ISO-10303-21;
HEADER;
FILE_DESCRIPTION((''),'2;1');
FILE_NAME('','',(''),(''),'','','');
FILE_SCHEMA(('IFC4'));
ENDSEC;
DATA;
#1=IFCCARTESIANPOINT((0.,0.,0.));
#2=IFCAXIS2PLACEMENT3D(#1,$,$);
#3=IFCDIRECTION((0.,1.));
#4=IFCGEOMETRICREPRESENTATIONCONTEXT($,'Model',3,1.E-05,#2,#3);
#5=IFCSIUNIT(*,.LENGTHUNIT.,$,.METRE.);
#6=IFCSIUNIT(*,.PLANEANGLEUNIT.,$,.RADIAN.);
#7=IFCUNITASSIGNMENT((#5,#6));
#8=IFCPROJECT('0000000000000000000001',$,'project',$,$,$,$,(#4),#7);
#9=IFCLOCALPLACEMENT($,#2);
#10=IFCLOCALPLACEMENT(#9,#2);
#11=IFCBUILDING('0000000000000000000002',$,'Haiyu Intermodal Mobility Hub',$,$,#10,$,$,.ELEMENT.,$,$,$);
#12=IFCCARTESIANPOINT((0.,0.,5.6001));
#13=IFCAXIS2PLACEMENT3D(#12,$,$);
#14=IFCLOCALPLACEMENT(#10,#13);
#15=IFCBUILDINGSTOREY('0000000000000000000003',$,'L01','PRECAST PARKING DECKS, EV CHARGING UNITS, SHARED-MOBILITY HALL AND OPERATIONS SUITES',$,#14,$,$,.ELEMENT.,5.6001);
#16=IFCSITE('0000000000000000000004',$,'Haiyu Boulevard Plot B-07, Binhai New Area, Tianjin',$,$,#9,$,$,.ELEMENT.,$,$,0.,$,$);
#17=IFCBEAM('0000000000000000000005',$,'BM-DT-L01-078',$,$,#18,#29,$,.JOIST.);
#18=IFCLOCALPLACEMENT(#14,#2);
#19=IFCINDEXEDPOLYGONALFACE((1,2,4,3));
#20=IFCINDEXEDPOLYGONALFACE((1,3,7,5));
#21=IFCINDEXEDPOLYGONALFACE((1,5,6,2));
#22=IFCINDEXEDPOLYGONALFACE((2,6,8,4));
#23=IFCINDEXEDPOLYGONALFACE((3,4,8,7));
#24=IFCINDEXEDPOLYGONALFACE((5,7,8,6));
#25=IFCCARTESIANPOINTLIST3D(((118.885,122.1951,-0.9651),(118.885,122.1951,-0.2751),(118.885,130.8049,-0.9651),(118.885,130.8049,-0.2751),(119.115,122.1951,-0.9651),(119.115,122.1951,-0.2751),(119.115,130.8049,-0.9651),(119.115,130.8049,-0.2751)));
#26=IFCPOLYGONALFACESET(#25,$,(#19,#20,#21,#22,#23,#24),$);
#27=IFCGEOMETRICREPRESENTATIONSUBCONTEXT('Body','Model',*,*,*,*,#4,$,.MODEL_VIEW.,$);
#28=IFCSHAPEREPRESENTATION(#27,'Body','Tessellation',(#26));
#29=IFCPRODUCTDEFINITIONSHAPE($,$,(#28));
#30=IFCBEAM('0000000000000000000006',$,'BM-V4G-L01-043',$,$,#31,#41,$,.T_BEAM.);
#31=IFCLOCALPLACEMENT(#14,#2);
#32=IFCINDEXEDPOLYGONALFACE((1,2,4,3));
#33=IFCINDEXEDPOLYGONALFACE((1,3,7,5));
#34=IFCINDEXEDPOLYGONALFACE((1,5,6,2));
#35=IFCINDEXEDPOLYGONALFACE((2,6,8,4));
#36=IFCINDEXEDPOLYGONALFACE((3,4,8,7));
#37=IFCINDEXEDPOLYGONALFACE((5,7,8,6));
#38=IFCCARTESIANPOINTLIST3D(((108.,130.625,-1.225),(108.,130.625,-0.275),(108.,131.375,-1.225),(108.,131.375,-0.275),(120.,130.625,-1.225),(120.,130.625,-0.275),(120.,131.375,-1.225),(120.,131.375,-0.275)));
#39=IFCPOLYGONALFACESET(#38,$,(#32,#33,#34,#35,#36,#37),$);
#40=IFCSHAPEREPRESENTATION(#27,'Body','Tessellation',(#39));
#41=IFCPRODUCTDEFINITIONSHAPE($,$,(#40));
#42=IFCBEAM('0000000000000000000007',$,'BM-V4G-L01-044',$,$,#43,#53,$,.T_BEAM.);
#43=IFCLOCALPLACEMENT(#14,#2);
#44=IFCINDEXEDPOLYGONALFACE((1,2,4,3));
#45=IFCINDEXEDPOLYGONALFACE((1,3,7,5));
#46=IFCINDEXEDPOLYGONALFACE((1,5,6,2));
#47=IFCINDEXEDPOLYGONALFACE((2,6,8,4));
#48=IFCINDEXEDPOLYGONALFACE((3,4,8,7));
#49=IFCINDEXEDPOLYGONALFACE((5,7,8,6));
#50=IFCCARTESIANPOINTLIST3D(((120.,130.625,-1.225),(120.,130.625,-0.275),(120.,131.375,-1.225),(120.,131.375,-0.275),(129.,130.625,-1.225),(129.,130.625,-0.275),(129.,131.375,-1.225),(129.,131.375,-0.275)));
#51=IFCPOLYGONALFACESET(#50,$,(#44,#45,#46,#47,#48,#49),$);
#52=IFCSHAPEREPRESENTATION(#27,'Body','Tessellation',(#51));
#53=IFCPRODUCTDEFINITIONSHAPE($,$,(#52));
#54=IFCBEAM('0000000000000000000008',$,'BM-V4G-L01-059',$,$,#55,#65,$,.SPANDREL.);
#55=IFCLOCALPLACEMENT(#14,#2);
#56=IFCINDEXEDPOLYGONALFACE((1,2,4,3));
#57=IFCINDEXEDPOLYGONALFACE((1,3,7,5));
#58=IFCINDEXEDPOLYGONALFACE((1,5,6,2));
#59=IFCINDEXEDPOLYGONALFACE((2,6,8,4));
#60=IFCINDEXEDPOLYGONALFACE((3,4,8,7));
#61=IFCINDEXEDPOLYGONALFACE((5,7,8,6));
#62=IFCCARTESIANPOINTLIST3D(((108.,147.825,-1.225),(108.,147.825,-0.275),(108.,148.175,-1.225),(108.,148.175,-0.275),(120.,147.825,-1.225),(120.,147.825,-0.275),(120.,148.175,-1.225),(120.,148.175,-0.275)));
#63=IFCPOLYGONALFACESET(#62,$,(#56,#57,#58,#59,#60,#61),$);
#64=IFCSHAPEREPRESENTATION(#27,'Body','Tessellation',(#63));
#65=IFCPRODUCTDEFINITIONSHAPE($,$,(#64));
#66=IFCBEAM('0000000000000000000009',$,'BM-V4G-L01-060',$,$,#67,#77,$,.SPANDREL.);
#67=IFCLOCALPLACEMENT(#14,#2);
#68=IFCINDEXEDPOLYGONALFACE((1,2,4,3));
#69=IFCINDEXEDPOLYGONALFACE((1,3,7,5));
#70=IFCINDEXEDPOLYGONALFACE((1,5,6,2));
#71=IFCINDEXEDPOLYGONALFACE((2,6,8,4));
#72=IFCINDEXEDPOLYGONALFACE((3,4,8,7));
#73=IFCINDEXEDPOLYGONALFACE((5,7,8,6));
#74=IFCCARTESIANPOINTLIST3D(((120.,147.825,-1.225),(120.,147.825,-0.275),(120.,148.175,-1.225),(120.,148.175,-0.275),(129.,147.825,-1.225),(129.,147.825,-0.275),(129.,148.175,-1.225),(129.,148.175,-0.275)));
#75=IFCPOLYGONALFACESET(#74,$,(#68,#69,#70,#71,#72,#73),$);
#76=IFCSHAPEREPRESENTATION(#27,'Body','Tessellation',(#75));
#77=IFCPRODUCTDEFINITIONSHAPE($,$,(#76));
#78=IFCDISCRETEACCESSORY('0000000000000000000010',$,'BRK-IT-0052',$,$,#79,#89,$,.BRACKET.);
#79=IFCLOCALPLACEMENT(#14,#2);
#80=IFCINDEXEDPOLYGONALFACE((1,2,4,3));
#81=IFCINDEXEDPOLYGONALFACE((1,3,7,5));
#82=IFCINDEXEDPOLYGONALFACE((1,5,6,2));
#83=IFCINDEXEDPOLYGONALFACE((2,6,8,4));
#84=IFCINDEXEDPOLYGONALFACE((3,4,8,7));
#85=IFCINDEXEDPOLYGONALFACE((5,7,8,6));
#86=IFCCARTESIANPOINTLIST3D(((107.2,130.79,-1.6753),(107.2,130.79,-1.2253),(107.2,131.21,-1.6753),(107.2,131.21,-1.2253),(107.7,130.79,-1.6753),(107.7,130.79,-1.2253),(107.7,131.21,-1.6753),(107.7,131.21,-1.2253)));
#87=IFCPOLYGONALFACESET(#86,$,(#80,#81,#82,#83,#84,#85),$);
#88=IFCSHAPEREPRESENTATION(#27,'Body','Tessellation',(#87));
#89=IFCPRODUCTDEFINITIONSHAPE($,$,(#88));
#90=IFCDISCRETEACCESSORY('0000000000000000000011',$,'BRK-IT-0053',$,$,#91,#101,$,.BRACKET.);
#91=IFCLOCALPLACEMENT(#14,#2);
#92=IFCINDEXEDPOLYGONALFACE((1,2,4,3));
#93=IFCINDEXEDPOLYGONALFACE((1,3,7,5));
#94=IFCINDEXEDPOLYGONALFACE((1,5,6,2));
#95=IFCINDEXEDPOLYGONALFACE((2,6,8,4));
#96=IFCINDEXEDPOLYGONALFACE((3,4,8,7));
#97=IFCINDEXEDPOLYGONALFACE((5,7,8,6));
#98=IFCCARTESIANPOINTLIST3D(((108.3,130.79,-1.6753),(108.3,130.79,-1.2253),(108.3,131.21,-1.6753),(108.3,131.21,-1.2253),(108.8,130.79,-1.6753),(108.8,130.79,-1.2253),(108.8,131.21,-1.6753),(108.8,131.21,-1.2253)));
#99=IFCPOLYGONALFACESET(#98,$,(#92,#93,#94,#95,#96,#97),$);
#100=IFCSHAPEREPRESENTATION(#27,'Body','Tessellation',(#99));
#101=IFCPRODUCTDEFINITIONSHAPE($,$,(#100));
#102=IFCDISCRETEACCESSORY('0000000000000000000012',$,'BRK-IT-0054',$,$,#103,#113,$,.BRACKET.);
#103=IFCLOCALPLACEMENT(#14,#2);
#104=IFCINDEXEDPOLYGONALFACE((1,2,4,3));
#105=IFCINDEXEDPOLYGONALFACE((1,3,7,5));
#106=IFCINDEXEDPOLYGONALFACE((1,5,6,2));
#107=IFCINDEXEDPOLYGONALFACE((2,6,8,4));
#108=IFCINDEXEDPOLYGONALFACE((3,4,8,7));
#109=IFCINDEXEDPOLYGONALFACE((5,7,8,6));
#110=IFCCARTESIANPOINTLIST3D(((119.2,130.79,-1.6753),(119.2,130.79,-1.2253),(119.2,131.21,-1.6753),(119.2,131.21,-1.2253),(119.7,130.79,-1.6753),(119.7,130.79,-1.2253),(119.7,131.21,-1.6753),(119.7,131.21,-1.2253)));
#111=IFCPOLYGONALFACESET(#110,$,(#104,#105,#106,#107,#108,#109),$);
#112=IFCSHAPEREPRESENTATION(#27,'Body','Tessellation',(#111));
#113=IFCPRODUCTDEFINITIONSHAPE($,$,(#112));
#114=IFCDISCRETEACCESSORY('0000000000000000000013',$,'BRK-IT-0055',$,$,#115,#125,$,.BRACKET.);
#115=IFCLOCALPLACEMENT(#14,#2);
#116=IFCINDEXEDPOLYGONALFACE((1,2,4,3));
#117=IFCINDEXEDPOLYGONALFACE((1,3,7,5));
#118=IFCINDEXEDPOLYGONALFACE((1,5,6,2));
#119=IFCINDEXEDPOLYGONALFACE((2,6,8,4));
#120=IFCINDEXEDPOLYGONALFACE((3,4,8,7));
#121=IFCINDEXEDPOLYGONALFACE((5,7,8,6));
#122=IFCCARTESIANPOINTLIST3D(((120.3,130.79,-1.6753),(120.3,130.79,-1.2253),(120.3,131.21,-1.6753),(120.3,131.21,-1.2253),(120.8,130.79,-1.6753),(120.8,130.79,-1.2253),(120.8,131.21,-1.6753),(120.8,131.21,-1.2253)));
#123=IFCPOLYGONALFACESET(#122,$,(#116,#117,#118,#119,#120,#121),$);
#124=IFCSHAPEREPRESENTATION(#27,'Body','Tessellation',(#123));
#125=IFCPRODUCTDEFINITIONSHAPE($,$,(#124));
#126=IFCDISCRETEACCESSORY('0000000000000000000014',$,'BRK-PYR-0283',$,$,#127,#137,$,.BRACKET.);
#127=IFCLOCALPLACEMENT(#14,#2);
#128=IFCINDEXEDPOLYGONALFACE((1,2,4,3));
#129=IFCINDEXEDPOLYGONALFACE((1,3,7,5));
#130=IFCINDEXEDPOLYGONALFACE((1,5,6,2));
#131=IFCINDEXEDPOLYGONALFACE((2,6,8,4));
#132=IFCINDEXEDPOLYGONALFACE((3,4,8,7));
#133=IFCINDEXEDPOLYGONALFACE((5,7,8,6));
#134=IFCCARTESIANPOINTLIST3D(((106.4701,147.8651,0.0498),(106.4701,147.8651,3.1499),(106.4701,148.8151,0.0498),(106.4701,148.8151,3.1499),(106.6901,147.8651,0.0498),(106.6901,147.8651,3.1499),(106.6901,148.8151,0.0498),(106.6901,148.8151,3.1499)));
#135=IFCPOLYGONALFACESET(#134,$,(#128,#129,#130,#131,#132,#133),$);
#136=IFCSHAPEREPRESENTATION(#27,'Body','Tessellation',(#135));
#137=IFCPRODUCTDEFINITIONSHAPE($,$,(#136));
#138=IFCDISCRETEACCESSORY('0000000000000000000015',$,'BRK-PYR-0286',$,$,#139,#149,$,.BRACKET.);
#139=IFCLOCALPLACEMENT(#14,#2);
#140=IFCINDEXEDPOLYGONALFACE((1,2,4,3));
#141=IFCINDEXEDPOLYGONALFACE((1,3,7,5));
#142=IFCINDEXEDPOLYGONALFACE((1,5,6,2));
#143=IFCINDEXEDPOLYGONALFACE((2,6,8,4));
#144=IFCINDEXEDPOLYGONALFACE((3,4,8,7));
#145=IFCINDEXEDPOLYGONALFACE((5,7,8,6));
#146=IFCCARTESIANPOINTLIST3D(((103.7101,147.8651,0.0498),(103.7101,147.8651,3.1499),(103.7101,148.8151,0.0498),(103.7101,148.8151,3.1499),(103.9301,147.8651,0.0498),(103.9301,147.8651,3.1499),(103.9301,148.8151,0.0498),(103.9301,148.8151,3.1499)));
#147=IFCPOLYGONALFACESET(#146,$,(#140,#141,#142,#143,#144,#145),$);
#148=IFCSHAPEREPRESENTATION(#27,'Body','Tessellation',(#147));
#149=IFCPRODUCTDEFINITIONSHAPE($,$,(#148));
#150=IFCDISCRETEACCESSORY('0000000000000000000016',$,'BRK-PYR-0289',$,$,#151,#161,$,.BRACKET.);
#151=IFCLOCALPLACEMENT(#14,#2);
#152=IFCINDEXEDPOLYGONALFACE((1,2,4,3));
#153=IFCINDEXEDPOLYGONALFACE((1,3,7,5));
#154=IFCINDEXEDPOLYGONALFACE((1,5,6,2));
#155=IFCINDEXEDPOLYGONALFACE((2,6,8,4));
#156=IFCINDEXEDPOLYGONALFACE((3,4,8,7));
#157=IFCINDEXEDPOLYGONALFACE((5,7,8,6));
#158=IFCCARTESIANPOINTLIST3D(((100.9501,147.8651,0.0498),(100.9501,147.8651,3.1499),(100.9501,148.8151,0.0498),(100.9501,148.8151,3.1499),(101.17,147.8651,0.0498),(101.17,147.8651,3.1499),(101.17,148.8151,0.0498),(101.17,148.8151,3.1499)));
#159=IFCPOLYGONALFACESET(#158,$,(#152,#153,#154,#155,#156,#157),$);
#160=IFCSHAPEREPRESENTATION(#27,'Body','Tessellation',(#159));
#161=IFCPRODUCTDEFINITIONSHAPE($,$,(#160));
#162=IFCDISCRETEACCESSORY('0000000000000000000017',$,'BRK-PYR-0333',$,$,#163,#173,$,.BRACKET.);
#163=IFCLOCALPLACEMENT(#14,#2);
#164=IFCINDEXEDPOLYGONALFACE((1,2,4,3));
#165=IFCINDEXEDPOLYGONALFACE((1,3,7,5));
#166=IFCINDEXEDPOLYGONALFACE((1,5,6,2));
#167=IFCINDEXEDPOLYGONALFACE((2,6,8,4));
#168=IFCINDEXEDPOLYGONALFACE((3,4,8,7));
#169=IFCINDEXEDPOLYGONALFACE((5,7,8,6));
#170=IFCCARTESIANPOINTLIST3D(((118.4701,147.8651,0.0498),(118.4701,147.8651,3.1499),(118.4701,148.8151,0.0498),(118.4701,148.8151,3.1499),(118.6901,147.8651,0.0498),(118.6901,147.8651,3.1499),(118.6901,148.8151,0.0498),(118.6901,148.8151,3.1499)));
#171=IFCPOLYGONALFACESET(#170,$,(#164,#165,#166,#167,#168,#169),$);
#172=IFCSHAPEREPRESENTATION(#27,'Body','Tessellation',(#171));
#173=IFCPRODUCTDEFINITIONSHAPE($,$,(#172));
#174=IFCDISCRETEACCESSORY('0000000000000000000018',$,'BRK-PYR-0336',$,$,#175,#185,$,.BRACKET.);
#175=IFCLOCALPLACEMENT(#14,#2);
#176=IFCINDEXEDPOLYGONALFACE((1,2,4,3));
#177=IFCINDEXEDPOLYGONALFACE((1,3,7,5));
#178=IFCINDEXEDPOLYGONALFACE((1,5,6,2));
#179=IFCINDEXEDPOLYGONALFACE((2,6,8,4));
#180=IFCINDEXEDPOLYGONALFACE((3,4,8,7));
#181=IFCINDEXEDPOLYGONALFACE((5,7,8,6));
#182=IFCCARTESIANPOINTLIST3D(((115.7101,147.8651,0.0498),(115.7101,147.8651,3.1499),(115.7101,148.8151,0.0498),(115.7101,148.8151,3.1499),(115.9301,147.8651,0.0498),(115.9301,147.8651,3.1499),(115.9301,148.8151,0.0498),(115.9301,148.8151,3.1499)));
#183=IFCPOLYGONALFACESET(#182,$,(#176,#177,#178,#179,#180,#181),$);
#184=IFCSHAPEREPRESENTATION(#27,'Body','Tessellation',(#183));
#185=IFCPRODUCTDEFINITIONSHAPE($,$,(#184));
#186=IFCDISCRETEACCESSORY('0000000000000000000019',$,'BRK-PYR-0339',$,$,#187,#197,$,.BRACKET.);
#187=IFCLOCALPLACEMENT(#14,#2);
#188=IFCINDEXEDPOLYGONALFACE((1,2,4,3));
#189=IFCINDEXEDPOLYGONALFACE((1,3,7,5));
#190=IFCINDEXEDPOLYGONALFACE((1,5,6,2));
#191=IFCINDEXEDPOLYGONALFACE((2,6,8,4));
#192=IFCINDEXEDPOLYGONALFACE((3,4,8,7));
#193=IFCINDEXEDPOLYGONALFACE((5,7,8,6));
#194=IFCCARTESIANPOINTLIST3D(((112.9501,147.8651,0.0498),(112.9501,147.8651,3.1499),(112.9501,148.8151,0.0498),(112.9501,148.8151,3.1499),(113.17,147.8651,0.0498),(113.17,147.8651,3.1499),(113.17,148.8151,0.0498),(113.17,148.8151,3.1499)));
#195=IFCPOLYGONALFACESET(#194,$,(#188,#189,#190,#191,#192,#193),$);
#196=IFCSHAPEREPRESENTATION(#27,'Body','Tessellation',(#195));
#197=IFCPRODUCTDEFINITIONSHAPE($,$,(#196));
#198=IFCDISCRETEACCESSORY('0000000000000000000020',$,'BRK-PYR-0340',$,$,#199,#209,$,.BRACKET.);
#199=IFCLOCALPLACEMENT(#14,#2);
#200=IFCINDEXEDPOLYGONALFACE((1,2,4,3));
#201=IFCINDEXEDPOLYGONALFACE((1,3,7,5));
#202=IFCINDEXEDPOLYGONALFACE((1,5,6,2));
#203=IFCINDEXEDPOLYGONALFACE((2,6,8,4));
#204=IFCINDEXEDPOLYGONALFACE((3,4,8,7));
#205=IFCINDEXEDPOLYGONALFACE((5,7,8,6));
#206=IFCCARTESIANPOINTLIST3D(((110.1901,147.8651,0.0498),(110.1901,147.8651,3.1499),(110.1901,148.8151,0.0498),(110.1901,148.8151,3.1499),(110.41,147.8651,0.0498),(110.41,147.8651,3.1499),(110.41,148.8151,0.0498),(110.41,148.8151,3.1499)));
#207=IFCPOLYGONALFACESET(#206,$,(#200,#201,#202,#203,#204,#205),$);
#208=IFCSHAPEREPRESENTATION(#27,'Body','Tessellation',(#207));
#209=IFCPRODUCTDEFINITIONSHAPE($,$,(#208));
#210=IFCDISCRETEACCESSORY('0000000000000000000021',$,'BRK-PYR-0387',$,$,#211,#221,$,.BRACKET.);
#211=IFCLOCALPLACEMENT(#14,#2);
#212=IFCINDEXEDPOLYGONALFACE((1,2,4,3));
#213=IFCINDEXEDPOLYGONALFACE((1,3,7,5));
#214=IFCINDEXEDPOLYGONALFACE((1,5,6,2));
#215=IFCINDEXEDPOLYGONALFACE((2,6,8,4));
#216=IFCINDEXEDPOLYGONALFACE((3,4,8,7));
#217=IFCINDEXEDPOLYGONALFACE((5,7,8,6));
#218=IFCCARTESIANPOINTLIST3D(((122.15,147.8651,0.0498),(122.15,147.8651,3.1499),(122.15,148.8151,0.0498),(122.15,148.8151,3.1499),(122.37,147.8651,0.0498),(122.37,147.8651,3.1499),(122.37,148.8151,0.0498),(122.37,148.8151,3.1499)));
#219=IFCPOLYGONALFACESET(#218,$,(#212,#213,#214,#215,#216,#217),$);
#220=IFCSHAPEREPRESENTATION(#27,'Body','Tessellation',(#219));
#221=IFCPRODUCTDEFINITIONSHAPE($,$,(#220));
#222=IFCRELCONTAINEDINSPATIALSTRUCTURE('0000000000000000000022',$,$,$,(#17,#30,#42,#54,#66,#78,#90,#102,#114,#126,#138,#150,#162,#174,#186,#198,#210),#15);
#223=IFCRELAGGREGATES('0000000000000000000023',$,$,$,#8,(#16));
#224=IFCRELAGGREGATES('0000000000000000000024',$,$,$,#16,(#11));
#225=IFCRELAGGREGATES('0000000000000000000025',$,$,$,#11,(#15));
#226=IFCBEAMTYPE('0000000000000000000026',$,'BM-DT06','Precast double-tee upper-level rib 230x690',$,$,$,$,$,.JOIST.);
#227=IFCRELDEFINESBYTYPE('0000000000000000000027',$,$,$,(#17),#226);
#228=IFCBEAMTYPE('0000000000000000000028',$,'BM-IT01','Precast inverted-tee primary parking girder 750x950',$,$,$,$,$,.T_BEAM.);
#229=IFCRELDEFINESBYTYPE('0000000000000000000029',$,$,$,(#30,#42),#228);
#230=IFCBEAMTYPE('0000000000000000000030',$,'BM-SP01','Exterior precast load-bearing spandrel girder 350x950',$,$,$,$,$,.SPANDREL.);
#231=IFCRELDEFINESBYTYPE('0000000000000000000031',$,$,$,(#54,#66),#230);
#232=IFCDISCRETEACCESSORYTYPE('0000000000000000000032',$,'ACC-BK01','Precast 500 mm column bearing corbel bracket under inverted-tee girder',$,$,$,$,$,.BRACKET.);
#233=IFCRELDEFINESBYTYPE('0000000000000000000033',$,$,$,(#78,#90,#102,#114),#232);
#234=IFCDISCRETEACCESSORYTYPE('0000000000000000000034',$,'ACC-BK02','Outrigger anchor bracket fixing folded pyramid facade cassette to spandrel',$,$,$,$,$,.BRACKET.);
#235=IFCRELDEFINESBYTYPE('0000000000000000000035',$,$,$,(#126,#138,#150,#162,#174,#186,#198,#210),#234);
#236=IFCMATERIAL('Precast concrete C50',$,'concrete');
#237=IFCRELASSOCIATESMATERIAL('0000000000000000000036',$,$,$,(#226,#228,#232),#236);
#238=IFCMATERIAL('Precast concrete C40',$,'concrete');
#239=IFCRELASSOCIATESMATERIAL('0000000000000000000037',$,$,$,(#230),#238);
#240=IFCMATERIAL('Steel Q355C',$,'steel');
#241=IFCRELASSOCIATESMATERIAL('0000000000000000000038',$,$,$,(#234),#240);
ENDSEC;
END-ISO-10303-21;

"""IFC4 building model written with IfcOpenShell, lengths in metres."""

from ifc_helpers import new_model, si_unit, direction, frame, origin, origin_2d, place, context, subcontext, project, spatial, rectangle, extrude, material, material_profile, profile_set, type_object, element, save


model = new_model("IFC4")

# Units and contexts
model_context = context("Model", 3, precision=1e-05, world=origin(), true_north=direction((0.0, 1.0)))
body_context = subcontext(model_context, "Body", "Model", "MODEL_VIEW")
ifc_project = project(units=[si_unit("LENGTHUNIT", "METRE"), si_unit("PLANEANGLEUNIT", "RADIAN")], contexts=[model_context])

# Site, building, storey
site_placement = place(None, origin())
site = spatial("IfcSite", under=ifc_project, at=site_placement, Name="Haiyu Boulevard Plot B-07, Binhai New Area, Tianjin", CompositionType="ELEMENT", RefElevation=0.0)
building_placement = place(site_placement, origin())
building = spatial("IfcBuilding", under=site, at=building_placement, Name="Haiyu Intermodal Mobility Hub", CompositionType="ELEMENT")
storey_placement = place(building_placement, frame((0.0, 0.0, 5.6001)))
storey = spatial("IfcBuildingStorey", under=building, at=storey_placement, Name="L01", Description="PRECAST PARKING DECKS, EV CHARGING UNITS, SHARED-MOBILITY HALL AND OPERATIONS SUITES", CompositionType="ELEMENT", Elevation=5.6001)

# Shared definitions
ifc_material_1 = material(Name="Precast concrete C40", Category="concrete")

# Beams
ifc_material_2 = material(Name="Precast concrete C50", Category="concrete")
ifc_material_profile_1 = material_profile(ifc_material_2, rectangle(XDim=0.23, YDim=0.6899, at=origin_2d()), Name="B230x690")
ifc_profile_set_1 = profile_set([ifc_material_profile_1], Name="Precast concrete C50")
beam_type_1 = type_object("IfcBeamType", Name="BM-DT06", Description="Precast double-tee upper-level rib 230x690", PredefinedType="JOIST", material=ifc_profile_set_1)
for number, where, z_axis, x_axis, name in (
    (1, (119.0, 122.1951, -0.6201), (0.0, 1.0, 0.0), (-1.0, 0.0, 0.0), "BM-DT-L01-078"),
):
    element("IfcBeam", number, at=place(storey_placement, frame(where, z_axis=z_axis, x_axis=x_axis)), inside=storey, type_object=beam_type_1, Name=name, PredefinedType="JOIST", context=body_context, shape_type="SweptSolid", body=[
        extrude(rectangle(XDim=0.23, YDim=0.6899, at=origin_2d()), origin(), (0.0, 0.0, 1.0), 8.6099),
    ])
ifc_material_profile_2 = material_profile(ifc_material_2, rectangle(XDim=0.75, YDim=0.95, at=origin_2d()), Name="PC750x950")
ifc_profile_set_2 = profile_set([ifc_material_profile_2], Name="Precast concrete C50")
beam_type_2 = type_object("IfcBeamType", Name="BM-IT01", Description="Precast inverted-tee primary parking girder 750x950", PredefinedType="T_BEAM", material=ifc_profile_set_2)
beam_1_placement = place(storey_placement, frame((108.0, 131.0, -0.75), z_axis=(1.0, 0.0, 0.0), x_axis=(0.0, 1.0, 0.0)))
element("IfcBeam", 2, at=beam_1_placement, inside=storey, type_object=beam_type_2, Name="BM-V4G-L01-043", PredefinedType="T_BEAM", context=body_context, shape_type="SweptSolid", body=[
    extrude(rectangle(XDim=0.75, YDim=0.95, at=origin_2d()), origin(), (0.0, 0.0, 1.0), 12.0),
])
beam_2_placement = place(storey_placement, frame((120.0, 131.0, -0.75), z_axis=(1.0, 0.0, 0.0), x_axis=(0.0, 1.0, 0.0)))
element("IfcBeam", 3, at=beam_2_placement, inside=storey, type_object=beam_type_2, Name="BM-V4G-L01-044", PredefinedType="T_BEAM", context=body_context, shape_type="SweptSolid", body=[
    extrude(rectangle(XDim=0.75, YDim=0.95, at=origin_2d()), origin(), (0.0, 0.0, 1.0), 9.0),
])
ifc_material_profile_3 = material_profile(ifc_material_1, rectangle(XDim=0.3501, YDim=0.95, at=origin_2d()), Name="PC350x950")
ifc_profile_set_3 = profile_set([ifc_material_profile_3], Name="Precast concrete C40")
beam_type_3 = type_object("IfcBeamType", Name="BM-SP01", Description="Exterior precast load-bearing spandrel girder 350x950", PredefinedType="SPANDREL", material=ifc_profile_set_3)
beam_3_placement = place(storey_placement, frame((108.0, 148.0, -0.75), z_axis=(1.0, 0.0, 0.0), x_axis=(0.0, 1.0, 0.0)))
element("IfcBeam", 4, at=beam_3_placement, inside=storey, type_object=beam_type_3, Name="BM-V4G-L01-059", PredefinedType="SPANDREL", context=body_context, shape_type="SweptSolid", body=[
    extrude(rectangle(XDim=0.3501, YDim=0.95, at=origin_2d()), origin(), (0.0, 0.0, 1.0), 12.0),
])
beam_4_placement = place(storey_placement, frame((120.0, 148.0, -0.75), z_axis=(1.0, 0.0, 0.0), x_axis=(0.0, 1.0, 0.0)))
element("IfcBeam", 5, at=beam_4_placement, inside=storey, type_object=beam_type_3, Name="BM-V4G-L01-060", PredefinedType="SPANDREL", context=body_context, shape_type="SweptSolid", body=[
    extrude(rectangle(XDim=0.3501, YDim=0.95, at=origin_2d()), origin(), (0.0, 0.0, 1.0), 9.0),
])

# Shared definitions
ifc_material_3 = material(Name="Steel Q355C", Category="steel")

# Discrete accessories
discrete_accessory_type_1 = type_object("IfcDiscreteAccessoryType", Name="ACC-BK01", Description="Precast 500 mm column bearing corbel bracket under inverted-tee girder", PredefinedType="BRACKET", material=ifc_material_2)
for number, where, z_axis, x_axis, name in (
    (6, (107.45, 131.0, -1.6753), (0.0, 0.0, 1.0), (1.0, 0.0, 0.0), "BRK-IT-0052"),
    (7, (108.55, 131.0, -1.6753), (0.0, 0.0, 1.0), (1.0, 0.0, 0.0), "BRK-IT-0053"),
    (8, (119.45, 131.0, -1.6753), (0.0, 0.0, 1.0), (1.0, 0.0, 0.0), "BRK-IT-0054"),
    (9, (120.55, 131.0, -1.6753), (0.0, 0.0, 1.0), (1.0, 0.0, 0.0), "BRK-IT-0055"),
):
    element("IfcDiscreteAccessory", number, at=place(storey_placement, frame(where, z_axis=z_axis, x_axis=x_axis)), inside=storey, type_object=discrete_accessory_type_1, Name=name, PredefinedType="BRACKET", context=body_context, shape_type="SweptSolid", body=[
        extrude(rectangle(XDim=0.5, YDim=0.4199, at=origin_2d()), origin(), (0.0, 0.0, 1.0), 0.45),
    ])
discrete_accessory_type_2 = type_object("IfcDiscreteAccessoryType", Name="ACC-BK02", Description="Outrigger anchor bracket fixing folded pyramid facade cassette to spandrel", PredefinedType="BRACKET", material=ifc_material_3)
for number, where, z_axis, x_axis, name in (
    (10, (106.5801, 148.3401, 0.0498), (0.0, 0.0, 1.0), (1.0, 0.0, 0.0), "BRK-PYR-0283"),
    (11, (103.8201, 148.3401, 0.0498), (0.0, 0.0, 1.0), (1.0, 0.0, 0.0), "BRK-PYR-0286"),
    (12, (101.0601, 148.3401, 0.0498), (0.0, 0.0, 1.0), (1.0, 0.0, 0.0), "BRK-PYR-0289"),
    (13, (118.5801, 148.3401, 0.0498), (0.0, 0.0, 1.0), (1.0, 0.0, 0.0), "BRK-PYR-0333"),
    (14, (115.8201, 148.3401, 0.0498), (0.0, 0.0, 1.0), (1.0, 0.0, 0.0), "BRK-PYR-0336"),
    (15, (113.0601, 148.3401, 0.0498), (0.0, 0.0, 1.0), (1.0, 0.0, 0.0), "BRK-PYR-0339"),
    (16, (110.3, 148.3401, 0.0498), (0.0, 0.0, 1.0), (1.0, 0.0, 0.0), "BRK-PYR-0340"),
    (17, (122.26, 148.3401, 0.0498), (0.0, 0.0, 1.0), (1.0, 0.0, 0.0), "BRK-PYR-0387"),
):
    element("IfcDiscreteAccessory", number, at=place(storey_placement, frame(where, z_axis=z_axis, x_axis=x_axis)), inside=storey, type_object=discrete_accessory_type_2, Name=name, PredefinedType="BRACKET", context=body_context, shape_type="SweptSolid", body=[
        extrude(rectangle(XDim=0.22, YDim=0.95, at=origin_2d()), origin(), (0.0, 0.0, 1.0), 3.1001),
    ])

save(model, "model.ifc")
